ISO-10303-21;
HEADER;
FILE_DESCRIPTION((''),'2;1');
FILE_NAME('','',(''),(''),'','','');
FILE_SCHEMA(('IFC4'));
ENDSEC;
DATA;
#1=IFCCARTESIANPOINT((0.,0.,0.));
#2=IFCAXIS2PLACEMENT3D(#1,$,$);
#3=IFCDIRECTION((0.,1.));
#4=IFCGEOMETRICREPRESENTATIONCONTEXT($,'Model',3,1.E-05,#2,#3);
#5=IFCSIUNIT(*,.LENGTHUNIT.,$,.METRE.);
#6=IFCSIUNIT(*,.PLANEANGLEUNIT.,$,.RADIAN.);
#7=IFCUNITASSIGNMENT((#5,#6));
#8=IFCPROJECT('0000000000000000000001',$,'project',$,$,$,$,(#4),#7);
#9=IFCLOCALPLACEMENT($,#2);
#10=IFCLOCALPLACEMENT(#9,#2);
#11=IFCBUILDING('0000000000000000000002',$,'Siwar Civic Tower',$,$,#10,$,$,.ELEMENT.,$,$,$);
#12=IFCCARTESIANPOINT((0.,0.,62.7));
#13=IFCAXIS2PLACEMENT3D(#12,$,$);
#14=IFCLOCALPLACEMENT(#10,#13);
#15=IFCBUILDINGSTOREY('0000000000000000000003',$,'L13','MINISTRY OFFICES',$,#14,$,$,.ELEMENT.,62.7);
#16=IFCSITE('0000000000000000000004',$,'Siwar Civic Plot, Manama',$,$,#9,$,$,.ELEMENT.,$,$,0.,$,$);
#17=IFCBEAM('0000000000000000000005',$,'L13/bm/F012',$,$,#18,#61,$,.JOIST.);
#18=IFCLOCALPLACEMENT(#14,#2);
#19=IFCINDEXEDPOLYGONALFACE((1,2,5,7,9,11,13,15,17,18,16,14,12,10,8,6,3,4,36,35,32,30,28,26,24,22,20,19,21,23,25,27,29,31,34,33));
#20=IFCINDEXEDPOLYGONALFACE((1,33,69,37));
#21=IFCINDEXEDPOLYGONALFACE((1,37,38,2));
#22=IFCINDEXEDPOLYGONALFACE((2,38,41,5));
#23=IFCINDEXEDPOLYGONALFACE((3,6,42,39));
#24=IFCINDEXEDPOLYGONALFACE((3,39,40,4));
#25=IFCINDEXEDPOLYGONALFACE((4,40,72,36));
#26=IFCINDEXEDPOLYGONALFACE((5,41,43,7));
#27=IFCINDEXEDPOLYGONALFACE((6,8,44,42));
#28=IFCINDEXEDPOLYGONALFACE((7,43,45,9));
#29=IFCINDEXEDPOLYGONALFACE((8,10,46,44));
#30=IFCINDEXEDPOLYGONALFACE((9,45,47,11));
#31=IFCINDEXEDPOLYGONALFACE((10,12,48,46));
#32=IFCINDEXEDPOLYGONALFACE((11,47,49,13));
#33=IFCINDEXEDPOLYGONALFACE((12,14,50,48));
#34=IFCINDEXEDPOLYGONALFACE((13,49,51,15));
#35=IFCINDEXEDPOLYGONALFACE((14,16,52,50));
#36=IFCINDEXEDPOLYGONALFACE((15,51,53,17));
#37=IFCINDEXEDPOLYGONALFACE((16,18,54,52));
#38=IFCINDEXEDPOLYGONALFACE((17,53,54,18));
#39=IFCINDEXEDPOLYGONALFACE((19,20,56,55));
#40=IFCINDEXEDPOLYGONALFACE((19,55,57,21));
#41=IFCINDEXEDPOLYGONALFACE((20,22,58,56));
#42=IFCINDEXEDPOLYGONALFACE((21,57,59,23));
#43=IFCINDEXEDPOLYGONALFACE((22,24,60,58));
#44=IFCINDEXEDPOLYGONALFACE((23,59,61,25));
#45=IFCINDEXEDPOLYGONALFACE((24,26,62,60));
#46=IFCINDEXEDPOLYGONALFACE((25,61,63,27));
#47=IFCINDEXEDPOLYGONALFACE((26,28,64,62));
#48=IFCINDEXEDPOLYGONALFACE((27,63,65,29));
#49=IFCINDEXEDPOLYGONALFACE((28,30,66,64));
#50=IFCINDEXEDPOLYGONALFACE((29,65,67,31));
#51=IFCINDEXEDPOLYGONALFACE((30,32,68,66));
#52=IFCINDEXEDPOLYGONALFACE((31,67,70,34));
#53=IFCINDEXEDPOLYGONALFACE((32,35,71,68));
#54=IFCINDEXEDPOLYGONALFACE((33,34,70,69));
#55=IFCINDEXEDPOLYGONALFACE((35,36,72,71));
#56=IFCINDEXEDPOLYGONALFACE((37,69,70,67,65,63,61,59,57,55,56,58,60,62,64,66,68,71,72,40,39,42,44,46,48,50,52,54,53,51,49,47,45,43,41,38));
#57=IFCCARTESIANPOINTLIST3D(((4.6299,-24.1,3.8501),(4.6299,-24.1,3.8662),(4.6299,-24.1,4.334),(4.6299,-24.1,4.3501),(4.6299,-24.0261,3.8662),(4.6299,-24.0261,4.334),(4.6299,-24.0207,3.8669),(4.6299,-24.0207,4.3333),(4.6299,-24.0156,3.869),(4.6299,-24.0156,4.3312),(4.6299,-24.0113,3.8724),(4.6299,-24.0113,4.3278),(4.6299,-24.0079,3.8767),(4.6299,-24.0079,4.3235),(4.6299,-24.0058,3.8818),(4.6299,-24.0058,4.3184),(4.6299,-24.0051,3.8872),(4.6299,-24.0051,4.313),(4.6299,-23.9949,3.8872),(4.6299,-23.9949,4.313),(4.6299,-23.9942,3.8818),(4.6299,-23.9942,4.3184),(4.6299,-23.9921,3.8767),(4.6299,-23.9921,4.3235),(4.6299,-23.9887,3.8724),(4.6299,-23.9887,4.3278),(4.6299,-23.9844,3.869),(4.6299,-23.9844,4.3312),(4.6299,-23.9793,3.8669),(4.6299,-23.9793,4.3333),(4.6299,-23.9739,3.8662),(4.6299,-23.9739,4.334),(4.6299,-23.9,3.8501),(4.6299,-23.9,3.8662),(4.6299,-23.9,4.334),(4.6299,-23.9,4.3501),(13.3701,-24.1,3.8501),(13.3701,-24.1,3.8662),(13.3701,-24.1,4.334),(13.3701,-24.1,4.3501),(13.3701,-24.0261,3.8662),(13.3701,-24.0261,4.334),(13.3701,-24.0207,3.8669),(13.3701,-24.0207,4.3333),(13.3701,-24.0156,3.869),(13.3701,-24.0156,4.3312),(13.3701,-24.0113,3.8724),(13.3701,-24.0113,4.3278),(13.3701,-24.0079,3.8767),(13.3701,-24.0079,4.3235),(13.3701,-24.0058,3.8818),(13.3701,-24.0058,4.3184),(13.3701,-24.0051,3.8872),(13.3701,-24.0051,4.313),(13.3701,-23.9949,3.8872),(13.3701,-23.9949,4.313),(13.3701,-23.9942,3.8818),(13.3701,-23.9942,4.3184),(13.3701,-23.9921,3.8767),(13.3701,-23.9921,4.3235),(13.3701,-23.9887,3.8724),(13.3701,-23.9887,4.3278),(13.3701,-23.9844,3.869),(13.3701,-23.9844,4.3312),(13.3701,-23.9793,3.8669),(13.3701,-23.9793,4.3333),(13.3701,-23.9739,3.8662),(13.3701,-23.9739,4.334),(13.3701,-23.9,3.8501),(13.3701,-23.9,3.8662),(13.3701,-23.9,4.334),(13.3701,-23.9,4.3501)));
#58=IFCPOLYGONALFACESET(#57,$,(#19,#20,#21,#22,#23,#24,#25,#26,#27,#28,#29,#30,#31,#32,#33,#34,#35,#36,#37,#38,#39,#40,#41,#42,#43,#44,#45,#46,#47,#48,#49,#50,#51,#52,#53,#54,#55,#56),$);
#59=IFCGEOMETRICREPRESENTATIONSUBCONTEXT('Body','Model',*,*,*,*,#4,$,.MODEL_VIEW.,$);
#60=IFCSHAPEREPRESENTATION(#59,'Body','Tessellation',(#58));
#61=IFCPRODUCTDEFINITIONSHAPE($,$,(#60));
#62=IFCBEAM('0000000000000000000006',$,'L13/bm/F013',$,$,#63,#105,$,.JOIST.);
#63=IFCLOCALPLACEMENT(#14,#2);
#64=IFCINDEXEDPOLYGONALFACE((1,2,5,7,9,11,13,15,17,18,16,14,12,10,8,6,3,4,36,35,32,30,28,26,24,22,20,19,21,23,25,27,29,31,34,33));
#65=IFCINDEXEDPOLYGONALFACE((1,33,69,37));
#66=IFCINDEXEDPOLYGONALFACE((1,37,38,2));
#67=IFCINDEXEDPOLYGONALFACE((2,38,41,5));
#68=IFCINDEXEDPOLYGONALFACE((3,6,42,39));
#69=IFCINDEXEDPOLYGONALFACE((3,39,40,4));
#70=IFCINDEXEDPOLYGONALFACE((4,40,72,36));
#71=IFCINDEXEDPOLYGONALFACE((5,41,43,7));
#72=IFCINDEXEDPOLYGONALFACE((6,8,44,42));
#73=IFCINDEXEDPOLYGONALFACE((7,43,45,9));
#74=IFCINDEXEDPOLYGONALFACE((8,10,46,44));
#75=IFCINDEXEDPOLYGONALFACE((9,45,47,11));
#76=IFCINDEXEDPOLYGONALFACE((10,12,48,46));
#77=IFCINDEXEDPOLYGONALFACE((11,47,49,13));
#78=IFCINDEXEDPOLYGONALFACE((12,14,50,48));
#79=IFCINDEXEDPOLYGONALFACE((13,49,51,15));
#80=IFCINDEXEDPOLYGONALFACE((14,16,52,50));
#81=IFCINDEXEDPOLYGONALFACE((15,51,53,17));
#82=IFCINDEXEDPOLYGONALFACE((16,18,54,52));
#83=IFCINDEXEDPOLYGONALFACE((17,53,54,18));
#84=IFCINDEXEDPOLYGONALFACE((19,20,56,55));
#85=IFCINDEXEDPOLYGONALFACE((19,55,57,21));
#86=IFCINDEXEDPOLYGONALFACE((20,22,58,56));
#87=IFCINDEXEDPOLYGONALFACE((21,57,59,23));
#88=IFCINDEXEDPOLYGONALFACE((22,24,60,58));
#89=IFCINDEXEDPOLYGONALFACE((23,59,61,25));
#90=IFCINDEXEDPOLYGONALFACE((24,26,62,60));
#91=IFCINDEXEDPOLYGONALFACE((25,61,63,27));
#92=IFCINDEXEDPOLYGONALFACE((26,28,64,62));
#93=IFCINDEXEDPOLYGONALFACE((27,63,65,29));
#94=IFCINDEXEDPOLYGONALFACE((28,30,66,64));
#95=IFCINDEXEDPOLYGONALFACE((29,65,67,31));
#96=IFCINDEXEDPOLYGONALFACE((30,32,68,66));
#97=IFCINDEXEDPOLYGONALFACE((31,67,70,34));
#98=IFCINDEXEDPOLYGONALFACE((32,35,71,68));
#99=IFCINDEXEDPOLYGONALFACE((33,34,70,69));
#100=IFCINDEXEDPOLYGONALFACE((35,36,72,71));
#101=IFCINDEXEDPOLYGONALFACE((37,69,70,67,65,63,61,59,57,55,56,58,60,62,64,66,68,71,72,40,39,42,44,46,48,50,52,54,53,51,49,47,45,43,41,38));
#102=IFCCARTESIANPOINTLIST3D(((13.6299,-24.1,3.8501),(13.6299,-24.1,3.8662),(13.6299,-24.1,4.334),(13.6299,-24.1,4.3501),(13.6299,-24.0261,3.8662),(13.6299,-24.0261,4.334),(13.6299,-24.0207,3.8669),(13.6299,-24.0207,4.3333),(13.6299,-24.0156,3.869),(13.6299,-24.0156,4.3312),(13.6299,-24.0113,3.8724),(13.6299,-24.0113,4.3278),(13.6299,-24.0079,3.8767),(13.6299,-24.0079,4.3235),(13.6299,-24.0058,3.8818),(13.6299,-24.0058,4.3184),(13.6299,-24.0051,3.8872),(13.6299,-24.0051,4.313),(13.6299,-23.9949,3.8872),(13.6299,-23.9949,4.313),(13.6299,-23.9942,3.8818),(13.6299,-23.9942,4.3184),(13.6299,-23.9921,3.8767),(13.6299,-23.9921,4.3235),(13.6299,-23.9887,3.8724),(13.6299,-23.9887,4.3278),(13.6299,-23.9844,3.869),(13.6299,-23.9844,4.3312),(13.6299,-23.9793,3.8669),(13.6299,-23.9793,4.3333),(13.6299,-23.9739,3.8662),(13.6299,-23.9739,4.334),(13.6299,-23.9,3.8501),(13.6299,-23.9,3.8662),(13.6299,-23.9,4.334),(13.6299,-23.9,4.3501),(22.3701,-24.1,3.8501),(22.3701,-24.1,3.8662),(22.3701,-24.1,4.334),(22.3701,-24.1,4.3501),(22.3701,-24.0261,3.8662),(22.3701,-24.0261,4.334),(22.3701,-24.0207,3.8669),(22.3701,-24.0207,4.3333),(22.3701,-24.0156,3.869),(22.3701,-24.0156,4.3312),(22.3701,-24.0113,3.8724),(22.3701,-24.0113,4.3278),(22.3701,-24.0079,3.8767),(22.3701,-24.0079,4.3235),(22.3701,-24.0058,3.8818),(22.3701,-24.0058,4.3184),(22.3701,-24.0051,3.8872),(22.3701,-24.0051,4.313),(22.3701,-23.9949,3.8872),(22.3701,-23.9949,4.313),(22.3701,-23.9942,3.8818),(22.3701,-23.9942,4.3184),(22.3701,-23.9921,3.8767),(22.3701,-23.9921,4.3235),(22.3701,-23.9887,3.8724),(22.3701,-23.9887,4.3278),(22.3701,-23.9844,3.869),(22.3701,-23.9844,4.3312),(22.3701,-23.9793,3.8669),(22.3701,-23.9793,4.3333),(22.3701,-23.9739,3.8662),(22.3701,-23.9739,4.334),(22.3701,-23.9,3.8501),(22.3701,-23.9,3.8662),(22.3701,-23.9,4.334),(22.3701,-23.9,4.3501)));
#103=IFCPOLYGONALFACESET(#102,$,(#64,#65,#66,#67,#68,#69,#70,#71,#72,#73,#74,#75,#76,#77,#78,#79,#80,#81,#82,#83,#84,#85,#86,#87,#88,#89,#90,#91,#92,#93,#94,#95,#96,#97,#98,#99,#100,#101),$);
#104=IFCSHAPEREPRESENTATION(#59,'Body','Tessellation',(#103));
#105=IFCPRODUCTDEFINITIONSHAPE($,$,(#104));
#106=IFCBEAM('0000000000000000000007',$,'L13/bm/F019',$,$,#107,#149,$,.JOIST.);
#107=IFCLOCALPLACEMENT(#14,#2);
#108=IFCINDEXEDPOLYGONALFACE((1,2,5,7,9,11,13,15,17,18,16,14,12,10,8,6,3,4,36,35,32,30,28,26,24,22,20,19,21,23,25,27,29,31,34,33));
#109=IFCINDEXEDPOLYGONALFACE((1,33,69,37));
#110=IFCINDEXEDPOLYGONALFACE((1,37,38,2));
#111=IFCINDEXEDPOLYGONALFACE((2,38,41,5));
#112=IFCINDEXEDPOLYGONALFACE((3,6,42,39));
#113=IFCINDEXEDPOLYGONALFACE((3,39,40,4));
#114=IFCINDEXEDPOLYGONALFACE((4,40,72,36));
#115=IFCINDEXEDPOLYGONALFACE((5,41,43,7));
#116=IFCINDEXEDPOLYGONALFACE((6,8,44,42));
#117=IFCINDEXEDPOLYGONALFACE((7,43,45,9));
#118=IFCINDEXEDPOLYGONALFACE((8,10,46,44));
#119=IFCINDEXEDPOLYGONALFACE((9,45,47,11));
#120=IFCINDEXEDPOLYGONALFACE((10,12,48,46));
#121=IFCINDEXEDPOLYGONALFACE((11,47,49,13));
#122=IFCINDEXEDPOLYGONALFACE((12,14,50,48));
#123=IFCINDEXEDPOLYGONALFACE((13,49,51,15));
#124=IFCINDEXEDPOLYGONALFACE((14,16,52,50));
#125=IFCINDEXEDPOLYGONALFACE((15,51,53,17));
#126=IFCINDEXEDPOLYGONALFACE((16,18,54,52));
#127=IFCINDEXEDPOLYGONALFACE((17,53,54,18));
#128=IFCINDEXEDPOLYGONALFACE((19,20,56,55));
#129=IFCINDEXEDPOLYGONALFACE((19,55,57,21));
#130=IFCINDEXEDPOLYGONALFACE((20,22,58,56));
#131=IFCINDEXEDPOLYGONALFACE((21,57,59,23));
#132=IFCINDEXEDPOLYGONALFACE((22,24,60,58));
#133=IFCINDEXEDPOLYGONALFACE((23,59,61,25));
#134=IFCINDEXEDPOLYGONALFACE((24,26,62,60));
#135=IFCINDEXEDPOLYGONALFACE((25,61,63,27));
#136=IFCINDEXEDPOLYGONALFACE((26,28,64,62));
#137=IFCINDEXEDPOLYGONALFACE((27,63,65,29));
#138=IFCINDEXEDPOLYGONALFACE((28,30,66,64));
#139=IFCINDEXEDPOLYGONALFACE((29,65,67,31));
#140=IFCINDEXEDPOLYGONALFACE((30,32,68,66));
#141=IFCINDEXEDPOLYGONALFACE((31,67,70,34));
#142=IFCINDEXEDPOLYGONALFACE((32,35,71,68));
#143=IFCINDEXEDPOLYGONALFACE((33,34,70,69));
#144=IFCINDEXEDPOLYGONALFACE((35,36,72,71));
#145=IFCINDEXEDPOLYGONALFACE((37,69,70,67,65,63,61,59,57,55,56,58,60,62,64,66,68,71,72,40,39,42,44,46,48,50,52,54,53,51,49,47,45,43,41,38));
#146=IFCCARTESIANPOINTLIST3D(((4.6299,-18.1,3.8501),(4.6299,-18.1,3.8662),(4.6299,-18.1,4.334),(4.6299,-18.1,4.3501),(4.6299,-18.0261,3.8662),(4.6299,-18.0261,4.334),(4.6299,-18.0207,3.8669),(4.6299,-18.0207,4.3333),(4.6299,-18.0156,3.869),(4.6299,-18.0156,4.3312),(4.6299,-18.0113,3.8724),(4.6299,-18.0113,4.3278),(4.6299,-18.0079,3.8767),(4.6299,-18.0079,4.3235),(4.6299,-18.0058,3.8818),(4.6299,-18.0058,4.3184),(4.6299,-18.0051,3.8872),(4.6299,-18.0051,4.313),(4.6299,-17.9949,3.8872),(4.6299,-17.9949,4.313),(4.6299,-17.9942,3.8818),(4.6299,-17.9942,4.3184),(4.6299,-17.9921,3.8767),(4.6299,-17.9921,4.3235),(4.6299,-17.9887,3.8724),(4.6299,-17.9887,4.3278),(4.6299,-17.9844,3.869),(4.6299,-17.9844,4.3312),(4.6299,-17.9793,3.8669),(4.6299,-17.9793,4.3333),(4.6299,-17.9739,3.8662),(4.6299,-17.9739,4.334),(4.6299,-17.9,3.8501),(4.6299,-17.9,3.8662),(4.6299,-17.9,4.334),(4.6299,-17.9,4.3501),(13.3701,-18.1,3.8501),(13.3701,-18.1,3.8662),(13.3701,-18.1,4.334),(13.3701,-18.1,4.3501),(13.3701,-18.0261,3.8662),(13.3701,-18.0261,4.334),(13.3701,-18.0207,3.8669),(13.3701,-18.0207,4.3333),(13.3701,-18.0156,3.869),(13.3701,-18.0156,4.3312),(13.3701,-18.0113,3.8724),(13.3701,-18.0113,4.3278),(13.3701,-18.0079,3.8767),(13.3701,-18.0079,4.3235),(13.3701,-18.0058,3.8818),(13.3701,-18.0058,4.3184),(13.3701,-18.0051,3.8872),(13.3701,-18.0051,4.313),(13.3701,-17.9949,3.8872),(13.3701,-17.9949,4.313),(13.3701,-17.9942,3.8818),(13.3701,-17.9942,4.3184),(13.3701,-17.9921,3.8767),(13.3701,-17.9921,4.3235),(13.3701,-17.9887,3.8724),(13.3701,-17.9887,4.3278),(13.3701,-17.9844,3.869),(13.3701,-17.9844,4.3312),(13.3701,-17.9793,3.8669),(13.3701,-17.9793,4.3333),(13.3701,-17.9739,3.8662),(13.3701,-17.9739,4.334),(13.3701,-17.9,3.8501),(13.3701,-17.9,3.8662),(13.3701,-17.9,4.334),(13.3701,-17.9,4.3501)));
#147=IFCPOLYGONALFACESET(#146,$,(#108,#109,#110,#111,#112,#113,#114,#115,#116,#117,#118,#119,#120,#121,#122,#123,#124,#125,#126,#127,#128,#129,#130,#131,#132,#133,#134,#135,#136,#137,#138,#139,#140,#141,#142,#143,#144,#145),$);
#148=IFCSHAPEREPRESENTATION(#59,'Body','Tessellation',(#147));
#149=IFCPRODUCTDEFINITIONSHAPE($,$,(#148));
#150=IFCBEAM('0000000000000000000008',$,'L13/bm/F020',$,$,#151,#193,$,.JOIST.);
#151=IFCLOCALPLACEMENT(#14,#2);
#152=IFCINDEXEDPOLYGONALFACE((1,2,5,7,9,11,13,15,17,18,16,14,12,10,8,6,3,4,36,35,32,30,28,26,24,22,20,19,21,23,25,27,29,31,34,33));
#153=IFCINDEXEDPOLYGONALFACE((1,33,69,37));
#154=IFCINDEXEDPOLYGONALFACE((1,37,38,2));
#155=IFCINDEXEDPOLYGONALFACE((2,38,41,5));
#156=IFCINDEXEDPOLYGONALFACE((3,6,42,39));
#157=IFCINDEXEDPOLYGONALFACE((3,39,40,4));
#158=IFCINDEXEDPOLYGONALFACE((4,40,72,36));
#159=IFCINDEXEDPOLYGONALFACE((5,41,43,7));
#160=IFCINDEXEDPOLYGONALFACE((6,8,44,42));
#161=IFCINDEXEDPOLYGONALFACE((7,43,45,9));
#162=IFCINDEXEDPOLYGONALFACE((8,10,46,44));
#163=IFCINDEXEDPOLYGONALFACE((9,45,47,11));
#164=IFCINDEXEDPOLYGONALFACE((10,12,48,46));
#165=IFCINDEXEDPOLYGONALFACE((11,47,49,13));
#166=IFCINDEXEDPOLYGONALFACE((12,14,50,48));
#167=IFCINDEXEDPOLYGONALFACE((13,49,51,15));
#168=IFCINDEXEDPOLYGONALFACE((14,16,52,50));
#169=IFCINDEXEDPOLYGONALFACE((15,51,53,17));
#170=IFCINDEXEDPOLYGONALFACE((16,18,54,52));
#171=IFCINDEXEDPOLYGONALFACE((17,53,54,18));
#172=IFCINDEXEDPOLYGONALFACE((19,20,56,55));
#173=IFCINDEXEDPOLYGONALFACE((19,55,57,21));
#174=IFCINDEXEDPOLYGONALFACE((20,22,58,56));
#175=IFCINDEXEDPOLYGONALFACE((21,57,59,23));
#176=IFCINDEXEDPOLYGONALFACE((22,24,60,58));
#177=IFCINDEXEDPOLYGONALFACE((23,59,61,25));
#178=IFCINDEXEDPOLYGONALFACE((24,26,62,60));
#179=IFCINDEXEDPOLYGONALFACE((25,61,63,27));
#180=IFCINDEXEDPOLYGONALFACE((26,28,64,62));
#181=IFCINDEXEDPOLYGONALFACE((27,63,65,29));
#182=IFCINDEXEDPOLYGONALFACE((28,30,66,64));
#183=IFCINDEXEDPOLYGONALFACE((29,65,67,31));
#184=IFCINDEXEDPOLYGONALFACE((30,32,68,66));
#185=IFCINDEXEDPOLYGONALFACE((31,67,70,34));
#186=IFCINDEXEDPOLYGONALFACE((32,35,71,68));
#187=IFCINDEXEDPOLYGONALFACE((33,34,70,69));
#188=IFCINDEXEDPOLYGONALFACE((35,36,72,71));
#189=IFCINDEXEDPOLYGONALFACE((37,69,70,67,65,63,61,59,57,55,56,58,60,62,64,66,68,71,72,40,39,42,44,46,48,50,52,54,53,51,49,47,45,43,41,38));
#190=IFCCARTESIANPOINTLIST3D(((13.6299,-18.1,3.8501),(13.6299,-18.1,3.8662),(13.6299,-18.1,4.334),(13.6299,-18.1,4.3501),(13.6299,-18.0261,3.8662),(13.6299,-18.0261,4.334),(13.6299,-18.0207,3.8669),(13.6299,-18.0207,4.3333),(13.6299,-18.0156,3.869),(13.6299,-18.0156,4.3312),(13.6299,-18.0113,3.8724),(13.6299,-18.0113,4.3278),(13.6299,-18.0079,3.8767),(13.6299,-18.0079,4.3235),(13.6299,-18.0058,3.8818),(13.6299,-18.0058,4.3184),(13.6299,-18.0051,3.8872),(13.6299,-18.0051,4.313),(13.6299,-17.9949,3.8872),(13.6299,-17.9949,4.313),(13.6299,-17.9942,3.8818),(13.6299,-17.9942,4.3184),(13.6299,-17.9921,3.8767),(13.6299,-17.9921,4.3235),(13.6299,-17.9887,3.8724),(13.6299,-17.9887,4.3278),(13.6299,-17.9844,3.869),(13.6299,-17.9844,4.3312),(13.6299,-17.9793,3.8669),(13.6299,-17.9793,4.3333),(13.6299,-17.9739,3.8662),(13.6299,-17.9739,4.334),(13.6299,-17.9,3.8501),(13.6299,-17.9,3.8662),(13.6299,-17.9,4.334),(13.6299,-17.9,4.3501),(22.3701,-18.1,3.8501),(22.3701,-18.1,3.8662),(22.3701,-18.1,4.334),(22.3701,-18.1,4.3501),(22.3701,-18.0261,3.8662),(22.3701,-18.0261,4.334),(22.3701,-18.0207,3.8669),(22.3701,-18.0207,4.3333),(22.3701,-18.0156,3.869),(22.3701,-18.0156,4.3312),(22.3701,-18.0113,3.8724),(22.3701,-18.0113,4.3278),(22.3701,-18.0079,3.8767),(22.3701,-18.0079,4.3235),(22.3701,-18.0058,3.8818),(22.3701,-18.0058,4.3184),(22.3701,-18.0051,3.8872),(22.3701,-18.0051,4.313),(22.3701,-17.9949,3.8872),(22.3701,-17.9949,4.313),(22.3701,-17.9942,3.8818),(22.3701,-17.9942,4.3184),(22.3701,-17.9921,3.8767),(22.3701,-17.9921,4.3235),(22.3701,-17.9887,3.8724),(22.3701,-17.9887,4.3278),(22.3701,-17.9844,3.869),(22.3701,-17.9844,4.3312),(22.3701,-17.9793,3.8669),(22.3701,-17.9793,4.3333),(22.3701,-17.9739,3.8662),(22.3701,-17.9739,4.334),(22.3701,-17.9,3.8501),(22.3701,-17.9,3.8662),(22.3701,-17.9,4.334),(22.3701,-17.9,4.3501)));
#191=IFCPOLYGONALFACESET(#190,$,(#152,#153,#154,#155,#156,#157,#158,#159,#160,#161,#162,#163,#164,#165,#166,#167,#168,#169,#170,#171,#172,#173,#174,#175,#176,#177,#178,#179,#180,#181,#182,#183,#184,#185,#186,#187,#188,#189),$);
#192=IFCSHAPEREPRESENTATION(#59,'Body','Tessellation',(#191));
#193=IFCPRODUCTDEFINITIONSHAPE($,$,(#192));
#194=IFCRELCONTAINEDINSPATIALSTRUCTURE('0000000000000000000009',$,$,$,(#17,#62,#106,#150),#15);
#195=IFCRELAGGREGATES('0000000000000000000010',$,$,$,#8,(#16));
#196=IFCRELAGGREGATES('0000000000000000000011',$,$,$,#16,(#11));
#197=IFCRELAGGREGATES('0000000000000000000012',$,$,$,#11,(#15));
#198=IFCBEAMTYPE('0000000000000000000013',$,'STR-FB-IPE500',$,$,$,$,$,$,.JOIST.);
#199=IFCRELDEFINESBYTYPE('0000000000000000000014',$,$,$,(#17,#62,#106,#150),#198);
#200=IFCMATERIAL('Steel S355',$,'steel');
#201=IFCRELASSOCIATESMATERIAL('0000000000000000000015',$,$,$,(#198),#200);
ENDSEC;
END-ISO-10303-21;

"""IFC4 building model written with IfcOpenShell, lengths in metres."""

from ifc_helpers import new_model, si_unit, direction, frame, origin, origin_2d, place, context, subcontext, project, spatial, i_section, extrude, material, material_profile, profile_set, type_object, element, save


model = new_model("IFC4")

# Units and contexts
model_context = context("Model", 3, precision=1e-05, world=origin(), true_north=direction((0.0, 1.0)))
body_context = subcontext(model_context, "Body", "Model", "MODEL_VIEW")
ifc_project = project(units=[si_unit("LENGTHUNIT", "METRE"), si_unit("PLANEANGLEUNIT", "RADIAN")], contexts=[model_context])

# Site, building, storey
site_placement = place(None, origin())
site = spatial("IfcSite", under=ifc_project, at=site_placement, Name="Siwar Civic Plot, Manama", CompositionType="ELEMENT", RefElevation=0.0)
building_placement = place(site_placement, origin())
building = spatial("IfcBuilding", under=site, at=building_placement, Name="Siwar Civic Tower", CompositionType="ELEMENT")
storey_placement = place(building_placement, frame((0.0, 0.0, 62.7)))
storey = spatial("IfcBuildingStorey", under=building, at=storey_placement, Name="L13", Description="MINISTRY OFFICES", CompositionType="ELEMENT", Elevation=62.7)

# Beams
ifc_material_1 = material(Name="Steel S355", Category="steel")
ifc_material_profile_1 = material_profile(ifc_material_1, i_section(OverallWidth=0.2, OverallDepth=0.5, WebThickness=0.0103, FlangeThickness=0.0161, FilletRadius=0.021, at=origin_2d()), Name="IPE500")
ifc_profile_set_1 = profile_set([ifc_material_profile_1], Name="Steel S355")
beam_type_1 = type_object("IfcBeamType", Name="STR-FB-IPE500", PredefinedType="JOIST", material=ifc_profile_set_1)
for number, where, z_axis, x_axis, name in (
    (1, (4.6299, -24.0, 4.1001), (1.0, 0.0, 0.0), (0.0, 1.0, 0.0), "L13/bm/F012"),
    (2, (13.6299, -24.0, 4.1001), (1.0, 0.0, 0.0), (0.0, 1.0, 0.0), "L13/bm/F013"),
    (3, (4.6299, -18.0, 4.1001), (1.0, 0.0, 0.0), (0.0, 1.0, 0.0), "L13/bm/F019"),
    (4, (13.6299, -18.0, 4.1001), (1.0, 0.0, 0.0), (0.0, 1.0, 0.0), "L13/bm/F020"),
):
    element("IfcBeam", number, at=place(storey_placement, frame(where, z_axis=z_axis, x_axis=x_axis)), inside=storey, type_object=beam_type_1, Name=name, PredefinedType="JOIST", context=body_context, shape_type="SweptSolid", body=[
        extrude(i_section(OverallWidth=0.2, OverallDepth=0.5, WebThickness=0.0103, FlangeThickness=0.0161, FilletRadius=0.021, at=origin_2d()), origin(), (0.0, 0.0, 1.0), 8.7402),
    ])

save(model, "model.ifc")
